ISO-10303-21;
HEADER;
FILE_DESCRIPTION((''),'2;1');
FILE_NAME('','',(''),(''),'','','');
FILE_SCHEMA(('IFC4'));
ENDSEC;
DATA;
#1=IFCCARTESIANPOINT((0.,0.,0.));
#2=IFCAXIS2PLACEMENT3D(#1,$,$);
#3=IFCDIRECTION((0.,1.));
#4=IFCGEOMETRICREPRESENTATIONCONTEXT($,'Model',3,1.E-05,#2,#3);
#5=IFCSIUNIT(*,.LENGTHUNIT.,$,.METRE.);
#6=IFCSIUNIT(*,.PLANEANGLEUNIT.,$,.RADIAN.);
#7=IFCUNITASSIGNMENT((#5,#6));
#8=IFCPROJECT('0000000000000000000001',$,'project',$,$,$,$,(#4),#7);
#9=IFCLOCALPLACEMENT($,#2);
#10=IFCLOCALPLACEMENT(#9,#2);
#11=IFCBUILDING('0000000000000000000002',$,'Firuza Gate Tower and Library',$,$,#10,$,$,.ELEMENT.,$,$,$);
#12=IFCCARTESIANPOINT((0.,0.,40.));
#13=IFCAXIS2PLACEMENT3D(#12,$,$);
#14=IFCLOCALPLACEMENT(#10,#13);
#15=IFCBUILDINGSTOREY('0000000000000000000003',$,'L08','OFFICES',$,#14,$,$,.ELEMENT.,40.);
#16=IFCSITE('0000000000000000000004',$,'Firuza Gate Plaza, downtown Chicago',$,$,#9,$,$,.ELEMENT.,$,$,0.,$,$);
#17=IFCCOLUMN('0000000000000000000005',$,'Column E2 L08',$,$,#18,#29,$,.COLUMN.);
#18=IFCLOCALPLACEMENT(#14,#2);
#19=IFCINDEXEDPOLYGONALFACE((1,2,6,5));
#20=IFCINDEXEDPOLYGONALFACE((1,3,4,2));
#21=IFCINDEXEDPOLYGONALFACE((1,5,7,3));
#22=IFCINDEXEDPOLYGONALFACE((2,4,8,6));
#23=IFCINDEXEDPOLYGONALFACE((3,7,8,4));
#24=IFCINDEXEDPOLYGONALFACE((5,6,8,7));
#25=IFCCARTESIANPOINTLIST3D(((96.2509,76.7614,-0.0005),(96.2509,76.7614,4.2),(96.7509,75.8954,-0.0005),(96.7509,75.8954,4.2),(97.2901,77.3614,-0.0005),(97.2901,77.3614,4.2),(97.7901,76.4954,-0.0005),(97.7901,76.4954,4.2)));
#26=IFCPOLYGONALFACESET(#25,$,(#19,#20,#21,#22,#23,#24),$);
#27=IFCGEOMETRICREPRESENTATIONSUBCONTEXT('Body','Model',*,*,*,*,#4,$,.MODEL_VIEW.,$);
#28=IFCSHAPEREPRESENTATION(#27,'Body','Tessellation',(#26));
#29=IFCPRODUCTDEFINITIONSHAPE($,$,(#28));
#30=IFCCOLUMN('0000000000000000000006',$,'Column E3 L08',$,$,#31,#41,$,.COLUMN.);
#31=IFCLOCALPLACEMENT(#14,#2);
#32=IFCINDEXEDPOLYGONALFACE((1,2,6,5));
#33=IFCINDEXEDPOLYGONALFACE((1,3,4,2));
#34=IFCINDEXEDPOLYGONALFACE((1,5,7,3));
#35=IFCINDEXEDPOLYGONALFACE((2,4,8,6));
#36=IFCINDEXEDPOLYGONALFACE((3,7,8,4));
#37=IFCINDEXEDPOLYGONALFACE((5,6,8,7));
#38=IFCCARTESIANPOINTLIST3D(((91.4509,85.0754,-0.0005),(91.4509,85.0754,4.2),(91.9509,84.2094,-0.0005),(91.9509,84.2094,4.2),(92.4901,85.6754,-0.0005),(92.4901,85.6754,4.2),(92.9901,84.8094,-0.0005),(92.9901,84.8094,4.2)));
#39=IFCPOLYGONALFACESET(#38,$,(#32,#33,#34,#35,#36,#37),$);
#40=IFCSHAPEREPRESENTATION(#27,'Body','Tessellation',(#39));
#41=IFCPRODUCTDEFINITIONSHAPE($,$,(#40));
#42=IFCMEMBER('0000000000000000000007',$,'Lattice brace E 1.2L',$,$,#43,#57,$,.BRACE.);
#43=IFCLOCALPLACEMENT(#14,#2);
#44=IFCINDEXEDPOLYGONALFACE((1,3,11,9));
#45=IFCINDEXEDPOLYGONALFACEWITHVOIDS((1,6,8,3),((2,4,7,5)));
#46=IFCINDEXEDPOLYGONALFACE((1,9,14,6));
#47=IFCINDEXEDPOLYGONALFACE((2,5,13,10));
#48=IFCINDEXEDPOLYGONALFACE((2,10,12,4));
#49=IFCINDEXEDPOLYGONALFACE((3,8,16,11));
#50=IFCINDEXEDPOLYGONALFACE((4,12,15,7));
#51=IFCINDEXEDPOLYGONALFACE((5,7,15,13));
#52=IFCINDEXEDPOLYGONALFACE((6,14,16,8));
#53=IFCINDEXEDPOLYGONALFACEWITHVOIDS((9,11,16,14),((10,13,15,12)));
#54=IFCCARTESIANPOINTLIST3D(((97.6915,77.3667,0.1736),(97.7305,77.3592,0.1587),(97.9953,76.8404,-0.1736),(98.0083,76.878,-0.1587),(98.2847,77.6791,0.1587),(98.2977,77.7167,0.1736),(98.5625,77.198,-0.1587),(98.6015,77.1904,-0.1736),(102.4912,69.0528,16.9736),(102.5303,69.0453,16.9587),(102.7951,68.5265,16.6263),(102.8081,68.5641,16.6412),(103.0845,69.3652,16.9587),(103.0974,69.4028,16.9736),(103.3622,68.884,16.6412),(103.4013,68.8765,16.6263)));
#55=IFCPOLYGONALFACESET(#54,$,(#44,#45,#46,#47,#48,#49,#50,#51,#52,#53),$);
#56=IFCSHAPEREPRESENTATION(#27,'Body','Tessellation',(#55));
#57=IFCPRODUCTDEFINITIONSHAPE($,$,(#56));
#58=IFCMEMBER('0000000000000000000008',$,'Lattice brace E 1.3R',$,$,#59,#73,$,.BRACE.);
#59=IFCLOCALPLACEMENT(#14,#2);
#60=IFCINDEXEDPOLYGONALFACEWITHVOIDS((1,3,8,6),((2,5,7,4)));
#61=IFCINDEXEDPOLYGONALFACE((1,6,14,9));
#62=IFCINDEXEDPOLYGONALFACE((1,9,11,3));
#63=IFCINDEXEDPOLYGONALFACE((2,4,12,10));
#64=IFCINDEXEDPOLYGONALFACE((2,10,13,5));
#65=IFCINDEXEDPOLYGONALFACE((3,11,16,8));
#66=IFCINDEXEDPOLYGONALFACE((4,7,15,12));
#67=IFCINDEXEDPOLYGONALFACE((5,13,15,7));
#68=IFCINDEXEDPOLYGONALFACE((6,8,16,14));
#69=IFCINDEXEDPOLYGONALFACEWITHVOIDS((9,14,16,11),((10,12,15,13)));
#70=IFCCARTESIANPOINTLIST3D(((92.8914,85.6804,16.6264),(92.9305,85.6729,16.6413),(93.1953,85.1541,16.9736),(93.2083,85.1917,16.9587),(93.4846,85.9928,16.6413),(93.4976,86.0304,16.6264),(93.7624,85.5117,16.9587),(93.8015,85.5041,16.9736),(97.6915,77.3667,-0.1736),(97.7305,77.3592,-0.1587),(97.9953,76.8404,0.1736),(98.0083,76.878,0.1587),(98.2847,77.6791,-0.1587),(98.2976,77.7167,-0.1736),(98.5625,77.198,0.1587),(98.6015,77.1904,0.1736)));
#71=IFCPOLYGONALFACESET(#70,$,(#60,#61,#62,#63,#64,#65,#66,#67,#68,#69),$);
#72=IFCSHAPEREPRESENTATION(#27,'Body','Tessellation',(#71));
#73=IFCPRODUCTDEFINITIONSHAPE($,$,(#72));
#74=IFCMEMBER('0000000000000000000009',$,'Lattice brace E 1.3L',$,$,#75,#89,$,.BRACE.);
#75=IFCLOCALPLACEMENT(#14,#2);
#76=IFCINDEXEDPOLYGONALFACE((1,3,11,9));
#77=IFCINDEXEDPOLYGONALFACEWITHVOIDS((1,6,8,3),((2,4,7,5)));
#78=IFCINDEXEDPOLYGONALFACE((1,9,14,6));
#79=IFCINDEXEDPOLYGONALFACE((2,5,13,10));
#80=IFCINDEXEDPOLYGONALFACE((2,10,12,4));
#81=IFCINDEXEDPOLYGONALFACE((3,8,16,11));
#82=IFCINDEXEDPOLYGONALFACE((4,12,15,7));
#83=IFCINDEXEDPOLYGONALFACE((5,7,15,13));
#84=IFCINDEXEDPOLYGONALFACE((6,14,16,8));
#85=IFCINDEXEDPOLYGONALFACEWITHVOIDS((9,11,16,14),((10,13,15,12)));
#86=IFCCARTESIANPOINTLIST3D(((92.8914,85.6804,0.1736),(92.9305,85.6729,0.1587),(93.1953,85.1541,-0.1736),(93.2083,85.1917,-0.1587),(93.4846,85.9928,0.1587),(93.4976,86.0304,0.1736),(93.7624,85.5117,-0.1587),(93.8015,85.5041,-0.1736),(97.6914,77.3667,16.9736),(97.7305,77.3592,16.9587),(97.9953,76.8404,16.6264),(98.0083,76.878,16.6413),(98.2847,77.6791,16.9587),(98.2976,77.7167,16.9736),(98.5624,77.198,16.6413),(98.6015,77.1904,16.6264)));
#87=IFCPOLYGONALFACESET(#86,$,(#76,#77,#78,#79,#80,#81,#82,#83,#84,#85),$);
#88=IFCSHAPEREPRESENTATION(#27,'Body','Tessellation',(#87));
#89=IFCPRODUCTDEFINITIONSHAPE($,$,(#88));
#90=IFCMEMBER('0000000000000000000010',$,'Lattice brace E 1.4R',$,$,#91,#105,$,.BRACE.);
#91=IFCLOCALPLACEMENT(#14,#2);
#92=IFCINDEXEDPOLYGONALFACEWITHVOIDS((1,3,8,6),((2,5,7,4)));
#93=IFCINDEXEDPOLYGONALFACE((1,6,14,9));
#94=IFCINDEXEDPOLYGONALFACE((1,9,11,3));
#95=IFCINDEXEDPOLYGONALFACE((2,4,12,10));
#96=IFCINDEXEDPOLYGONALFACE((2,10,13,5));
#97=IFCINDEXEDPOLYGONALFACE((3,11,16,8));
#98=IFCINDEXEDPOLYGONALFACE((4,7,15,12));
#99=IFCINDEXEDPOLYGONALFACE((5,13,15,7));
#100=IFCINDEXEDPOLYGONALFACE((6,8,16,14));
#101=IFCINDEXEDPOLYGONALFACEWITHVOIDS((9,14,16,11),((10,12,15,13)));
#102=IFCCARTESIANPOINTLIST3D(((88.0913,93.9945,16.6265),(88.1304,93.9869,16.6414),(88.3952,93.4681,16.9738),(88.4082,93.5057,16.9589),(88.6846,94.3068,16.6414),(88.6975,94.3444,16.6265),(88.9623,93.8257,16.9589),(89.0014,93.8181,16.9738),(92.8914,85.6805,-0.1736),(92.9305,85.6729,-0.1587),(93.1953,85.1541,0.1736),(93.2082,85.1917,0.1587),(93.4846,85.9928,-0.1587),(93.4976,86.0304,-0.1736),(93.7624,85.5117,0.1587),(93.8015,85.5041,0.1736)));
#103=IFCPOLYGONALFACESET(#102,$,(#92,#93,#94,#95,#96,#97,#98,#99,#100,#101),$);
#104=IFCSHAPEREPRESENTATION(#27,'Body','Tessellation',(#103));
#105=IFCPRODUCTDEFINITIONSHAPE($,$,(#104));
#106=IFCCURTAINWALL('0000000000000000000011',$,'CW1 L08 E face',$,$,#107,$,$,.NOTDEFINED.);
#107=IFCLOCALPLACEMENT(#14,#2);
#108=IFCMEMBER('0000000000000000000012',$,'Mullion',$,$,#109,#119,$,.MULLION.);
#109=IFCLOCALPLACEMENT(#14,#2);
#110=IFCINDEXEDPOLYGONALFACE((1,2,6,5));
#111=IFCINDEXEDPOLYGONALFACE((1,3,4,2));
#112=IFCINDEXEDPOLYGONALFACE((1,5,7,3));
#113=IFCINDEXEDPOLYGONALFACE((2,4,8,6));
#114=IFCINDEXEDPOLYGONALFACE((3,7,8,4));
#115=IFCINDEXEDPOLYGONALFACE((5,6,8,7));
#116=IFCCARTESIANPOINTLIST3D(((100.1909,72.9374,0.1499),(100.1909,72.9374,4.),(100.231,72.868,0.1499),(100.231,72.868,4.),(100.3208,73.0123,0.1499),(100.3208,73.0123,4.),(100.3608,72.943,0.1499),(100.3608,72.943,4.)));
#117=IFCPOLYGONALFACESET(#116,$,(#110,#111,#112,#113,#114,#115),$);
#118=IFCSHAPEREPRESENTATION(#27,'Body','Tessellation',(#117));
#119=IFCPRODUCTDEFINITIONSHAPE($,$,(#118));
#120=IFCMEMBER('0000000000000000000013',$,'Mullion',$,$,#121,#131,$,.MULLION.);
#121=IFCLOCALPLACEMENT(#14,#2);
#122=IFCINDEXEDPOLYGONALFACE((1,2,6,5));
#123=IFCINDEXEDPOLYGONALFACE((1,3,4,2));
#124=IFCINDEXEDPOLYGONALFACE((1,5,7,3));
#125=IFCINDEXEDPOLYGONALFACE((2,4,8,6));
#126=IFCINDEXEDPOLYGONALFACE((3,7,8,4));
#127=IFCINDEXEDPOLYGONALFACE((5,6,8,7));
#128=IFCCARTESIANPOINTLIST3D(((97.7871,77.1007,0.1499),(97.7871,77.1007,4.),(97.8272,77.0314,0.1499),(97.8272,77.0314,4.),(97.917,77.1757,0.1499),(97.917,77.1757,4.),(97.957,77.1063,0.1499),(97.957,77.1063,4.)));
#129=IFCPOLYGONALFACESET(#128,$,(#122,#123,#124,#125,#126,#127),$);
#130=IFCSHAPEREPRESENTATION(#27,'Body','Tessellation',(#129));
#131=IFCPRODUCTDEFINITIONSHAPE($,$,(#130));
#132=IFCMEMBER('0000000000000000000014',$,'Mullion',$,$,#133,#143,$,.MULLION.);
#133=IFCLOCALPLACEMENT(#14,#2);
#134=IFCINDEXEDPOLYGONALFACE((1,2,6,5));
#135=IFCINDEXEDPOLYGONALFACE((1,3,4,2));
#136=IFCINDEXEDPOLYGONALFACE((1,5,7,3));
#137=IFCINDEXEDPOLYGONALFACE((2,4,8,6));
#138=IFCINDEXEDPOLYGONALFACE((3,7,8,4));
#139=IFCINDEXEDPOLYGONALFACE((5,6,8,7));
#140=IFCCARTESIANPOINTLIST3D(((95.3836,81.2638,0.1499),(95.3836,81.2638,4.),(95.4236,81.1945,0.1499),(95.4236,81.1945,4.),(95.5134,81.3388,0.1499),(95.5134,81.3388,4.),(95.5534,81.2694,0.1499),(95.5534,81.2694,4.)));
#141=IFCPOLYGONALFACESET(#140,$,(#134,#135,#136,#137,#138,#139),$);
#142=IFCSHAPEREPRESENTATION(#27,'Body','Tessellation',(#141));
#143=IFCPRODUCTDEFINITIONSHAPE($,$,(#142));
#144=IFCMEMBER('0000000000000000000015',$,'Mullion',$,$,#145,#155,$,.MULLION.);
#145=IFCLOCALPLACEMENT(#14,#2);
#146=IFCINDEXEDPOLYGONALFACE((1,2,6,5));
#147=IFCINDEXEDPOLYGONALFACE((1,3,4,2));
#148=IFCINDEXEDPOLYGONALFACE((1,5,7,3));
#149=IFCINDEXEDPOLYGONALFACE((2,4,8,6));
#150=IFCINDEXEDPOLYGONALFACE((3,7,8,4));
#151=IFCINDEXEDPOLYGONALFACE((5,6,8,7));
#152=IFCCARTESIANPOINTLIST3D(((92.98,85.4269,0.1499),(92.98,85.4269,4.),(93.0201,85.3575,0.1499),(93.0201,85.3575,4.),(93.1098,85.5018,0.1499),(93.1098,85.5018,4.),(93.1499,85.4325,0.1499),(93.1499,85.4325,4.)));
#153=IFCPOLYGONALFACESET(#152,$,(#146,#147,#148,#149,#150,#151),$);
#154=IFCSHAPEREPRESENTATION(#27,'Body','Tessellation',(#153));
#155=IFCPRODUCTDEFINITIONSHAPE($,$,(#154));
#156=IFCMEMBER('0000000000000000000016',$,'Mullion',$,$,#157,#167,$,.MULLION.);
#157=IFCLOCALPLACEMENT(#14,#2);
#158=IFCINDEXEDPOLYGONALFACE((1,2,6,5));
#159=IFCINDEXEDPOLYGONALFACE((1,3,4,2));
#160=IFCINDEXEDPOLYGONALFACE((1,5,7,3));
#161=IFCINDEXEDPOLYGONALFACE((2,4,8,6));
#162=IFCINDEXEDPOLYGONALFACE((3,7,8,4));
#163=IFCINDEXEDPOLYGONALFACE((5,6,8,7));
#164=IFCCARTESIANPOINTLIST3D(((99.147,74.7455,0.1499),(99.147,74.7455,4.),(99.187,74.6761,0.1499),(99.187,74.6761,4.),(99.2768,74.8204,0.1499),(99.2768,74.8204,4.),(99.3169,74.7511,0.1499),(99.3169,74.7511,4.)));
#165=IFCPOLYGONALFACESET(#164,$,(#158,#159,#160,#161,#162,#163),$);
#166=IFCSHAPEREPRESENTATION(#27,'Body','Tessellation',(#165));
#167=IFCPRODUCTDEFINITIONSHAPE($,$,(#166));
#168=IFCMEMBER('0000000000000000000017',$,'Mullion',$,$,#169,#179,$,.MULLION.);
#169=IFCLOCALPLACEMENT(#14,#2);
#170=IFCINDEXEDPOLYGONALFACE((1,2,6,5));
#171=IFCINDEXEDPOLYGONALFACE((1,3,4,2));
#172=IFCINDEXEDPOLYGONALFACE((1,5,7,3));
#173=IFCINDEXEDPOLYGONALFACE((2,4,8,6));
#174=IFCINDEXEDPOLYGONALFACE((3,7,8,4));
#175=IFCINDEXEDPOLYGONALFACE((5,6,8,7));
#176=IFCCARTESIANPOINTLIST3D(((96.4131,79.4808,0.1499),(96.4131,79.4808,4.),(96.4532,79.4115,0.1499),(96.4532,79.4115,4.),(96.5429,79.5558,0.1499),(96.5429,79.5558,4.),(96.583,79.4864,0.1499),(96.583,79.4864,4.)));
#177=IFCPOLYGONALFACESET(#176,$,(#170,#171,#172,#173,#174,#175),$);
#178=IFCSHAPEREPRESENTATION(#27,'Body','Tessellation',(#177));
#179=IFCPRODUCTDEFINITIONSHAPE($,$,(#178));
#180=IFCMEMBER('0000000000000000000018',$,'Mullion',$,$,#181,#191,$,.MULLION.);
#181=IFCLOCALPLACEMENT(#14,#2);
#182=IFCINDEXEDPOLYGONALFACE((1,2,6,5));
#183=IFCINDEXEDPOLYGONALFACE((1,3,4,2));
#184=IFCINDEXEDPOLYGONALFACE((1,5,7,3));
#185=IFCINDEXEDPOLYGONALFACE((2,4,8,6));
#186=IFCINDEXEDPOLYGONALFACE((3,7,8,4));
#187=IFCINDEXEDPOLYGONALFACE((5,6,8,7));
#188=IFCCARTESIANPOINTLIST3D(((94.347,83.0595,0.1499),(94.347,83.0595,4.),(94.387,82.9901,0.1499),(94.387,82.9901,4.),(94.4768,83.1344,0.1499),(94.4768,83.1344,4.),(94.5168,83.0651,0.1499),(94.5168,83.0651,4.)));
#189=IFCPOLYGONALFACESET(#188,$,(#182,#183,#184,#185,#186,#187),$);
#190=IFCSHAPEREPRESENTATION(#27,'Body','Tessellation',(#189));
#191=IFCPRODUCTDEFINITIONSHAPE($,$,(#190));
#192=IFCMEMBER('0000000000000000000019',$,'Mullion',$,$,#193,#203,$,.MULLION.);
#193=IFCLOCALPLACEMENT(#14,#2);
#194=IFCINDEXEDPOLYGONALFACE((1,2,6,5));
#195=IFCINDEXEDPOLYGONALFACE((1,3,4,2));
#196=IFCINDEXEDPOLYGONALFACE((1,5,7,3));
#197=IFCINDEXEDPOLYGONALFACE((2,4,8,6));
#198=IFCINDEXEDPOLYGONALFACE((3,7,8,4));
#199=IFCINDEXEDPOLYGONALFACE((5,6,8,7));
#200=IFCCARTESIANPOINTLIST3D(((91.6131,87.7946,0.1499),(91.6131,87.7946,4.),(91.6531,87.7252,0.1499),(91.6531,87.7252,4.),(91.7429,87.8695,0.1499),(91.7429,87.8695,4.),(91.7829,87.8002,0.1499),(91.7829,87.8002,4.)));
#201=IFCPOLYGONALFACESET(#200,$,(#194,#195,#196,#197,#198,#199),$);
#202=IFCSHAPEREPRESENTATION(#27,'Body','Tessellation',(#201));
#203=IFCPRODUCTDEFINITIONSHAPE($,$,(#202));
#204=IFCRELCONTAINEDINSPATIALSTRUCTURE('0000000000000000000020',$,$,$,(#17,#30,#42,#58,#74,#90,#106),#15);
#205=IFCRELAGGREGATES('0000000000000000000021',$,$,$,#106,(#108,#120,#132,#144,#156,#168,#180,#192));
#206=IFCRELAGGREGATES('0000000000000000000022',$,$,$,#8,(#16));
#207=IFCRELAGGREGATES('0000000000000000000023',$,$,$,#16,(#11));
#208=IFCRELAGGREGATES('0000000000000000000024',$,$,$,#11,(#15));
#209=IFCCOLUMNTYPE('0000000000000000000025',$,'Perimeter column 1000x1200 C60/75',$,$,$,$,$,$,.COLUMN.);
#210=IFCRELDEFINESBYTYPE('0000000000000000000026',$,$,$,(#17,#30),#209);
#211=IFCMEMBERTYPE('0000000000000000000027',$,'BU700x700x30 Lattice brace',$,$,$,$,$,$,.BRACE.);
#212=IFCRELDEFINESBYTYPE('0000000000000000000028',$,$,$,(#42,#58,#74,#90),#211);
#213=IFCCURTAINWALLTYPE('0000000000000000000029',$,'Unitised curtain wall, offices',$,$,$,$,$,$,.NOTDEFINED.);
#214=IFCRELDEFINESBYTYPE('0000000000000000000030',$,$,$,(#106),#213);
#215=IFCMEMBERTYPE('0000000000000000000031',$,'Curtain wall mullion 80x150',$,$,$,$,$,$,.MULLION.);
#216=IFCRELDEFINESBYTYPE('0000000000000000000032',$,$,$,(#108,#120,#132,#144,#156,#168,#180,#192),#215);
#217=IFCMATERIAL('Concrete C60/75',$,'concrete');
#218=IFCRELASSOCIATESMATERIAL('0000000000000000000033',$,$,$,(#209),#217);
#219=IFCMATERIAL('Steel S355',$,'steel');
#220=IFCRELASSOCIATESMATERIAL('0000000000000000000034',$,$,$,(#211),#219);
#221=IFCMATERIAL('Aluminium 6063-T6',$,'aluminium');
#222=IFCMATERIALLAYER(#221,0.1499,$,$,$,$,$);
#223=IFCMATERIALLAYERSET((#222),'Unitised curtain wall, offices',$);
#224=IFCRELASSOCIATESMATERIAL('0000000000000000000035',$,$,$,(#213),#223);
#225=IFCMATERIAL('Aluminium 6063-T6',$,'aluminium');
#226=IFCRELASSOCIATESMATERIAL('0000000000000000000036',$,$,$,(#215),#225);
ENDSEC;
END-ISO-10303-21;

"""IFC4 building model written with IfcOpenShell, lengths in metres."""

from ifc_helpers import new_model, si_unit, direction, frame, origin, origin_2d, place, context, subcontext, project, spatial, rectangle, hollow_rectangle, extrude, material, layer, layer_set, material_profile, profile_set, type_object, element, aggregate, save


model = new_model("IFC4")

# Units and contexts
model_context = context("Model", 3, precision=1e-05, world=origin(), true_north=direction((0.0, 1.0)))
body_context = subcontext(model_context, "Body", "Model", "MODEL_VIEW")
ifc_project = project(units=[si_unit("LENGTHUNIT", "METRE"), si_unit("PLANEANGLEUNIT", "RADIAN")], contexts=[model_context])

# Site, building, storey
site_placement = place(None, origin())
site = spatial("IfcSite", under=ifc_project, at=site_placement, Name="Firuza Gate Plaza, downtown Chicago", CompositionType="ELEMENT", RefElevation=0.0)
building_placement = place(site_placement, origin())
building = spatial("IfcBuilding", under=site, at=building_placement, Name="Firuza Gate Tower and Library", CompositionType="ELEMENT")
storey_placement = place(building_placement, frame((0.0, 0.0, 40.0)))
storey = spatial("IfcBuildingStorey", under=building, at=storey_placement, Name="L08", Description="OFFICES", CompositionType="ELEMENT", Elevation=40.0)

# Columns
ifc_material_1 = material(Name="Concrete C60/75", Category="concrete")
ifc_material_profile_1 = material_profile(ifc_material_1, rectangle(XDim=1.0, YDim=1.2, at=origin_2d()))
ifc_profile_set_1 = profile_set([ifc_material_profile_1], Name="Concrete C60/75")
column_type = type_object("IfcColumnType", Name="Perimeter column 1000x1200 C60/75", PredefinedType="COLUMN", material=ifc_profile_set_1)
for number, where, z_axis, x_axis, name in (
    (1, (97.0205, 76.6284, -0.0005), (0.0, 0.0, 1.0), (-0.5, 0.866025, 0.0), "Column E2 L08"),
    (2, (92.2205, 84.9424, -0.0005), (0.0, 0.0, 1.0), (-0.5, 0.866025, 0.0), "Column E3 L08"),
):
    element("IfcColumn", number, at=place(storey_placement, frame(where, z_axis=z_axis, x_axis=x_axis)), inside=storey, type_object=column_type, Name=name, PredefinedType="COLUMN", context=body_context, shape_type="SweptSolid", body=[
        extrude(rectangle(XDim=1.0, YDim=1.2, at=origin_2d()), origin(), (0.0, 0.0, 1.0), 4.2004),
    ])

# Members
ifc_material_2 = material(Name="Steel S355", Category="steel")
ifc_material_profile_2 = material_profile(ifc_material_2, hollow_rectangle(XDim=0.7, YDim=0.7, WallThickness=0.03, at=origin_2d()))
ifc_profile_set_2 = profile_set([ifc_material_profile_2], Name="Steel S355")
member_type_1 = type_object("IfcMemberType", Name="BU700x700x30 Lattice brace", PredefinedType="BRACE", material=ifc_profile_set_2)
for number, where, z_axis, x_axis, name in (
    (3, (98.1465, 77.2786, 0.0), (0.248059, -0.429674, 0.868244), (0.866037, 0.499979, 0.0), "Lattice brace E 1.2L"),
    (4, (98.1465, 77.2786, 0.0), (-0.248072, 0.429663, 0.868246), (-0.86602, -0.500009, 0.0), "Lattice brace E 1.3R"),
    (5, (93.3464, 85.5923, 0.0), (0.248072, -0.429663, 0.868246), (0.86602, 0.500009, 0.0), "Lattice brace E 1.3L"),
):
    element("IfcMember", number, at=place(storey_placement, frame(where, z_axis=z_axis, x_axis=x_axis)), inside=storey, type_object=member_type_1, Name=name, PredefinedType="BRACE", context=body_context, shape_type="SweptSolid", body=[
        extrude(hollow_rectangle(XDim=0.7, YDim=0.7, WallThickness=0.03, at=origin_2d()), origin(), (0.0, 0.0, 1.0), 19.3494),
    ])
member_1_placement = place(storey_placement, frame((93.3464, 85.5923, 0.0), z_axis=(-0.248071, 0.429673, 0.868241), x_axis=(-0.866026, -0.499998, 0.0)))
element("IfcMember", 6, at=member_1_placement, inside=storey, type_object=member_type_1, Name="Lattice brace E 1.4R", PredefinedType="BRACE", context=body_context, shape_type="SweptSolid", body=[
    extrude(hollow_rectangle(XDim=0.7, YDim=0.7, WallThickness=0.03, at=origin_2d()), origin(), (0.0, 0.0, 1.0), 19.3496),
])

# Curtain wall, members
ifc_material_3 = material(Name="Aluminium 6063-T6", Category="aluminium")
ifc_layer_1 = layer(ifc_material_3, 0.1499)
ifc_layer_set_1 = layer_set([ifc_layer_1], Name="Unitised curtain wall, offices")
curtain_wall_type = type_object("IfcCurtainWallType", Name="Unitised curtain wall, offices", PredefinedType="NOTDEFINED", material=ifc_layer_set_1)
curtain_wall_placement = place(storey_placement, origin())
curtain_wall = element("IfcCurtainWall", 7, at=curtain_wall_placement, inside=storey, type_object=curtain_wall_type, Name="CW1 L08 E face", PredefinedType="NOTDEFINED")
ifc_material_4 = material(Name="Aluminium 6063-T6", Category="aluminium")
ifc_material_profile_3 = material_profile(ifc_material_4, rectangle(XDim=0.1499, YDim=0.0801, at=origin_2d()))
ifc_profile_set_3 = profile_set([ifc_material_profile_3], Name="Aluminium 6063-T6")
member_type_2 = type_object("IfcMemberType", Name="Curtain wall mullion 80x150", PredefinedType="MULLION", material=ifc_profile_set_3)
member_2_placement = place(storey_placement, frame((100.2759, 72.9402, 0.1499), z_axis=(0.0, 0.0, 1.0), x_axis=(-0.866025, -0.5, 0.0)))
member_2 = element("IfcMember", 8, at=member_2_placement, type_object=member_type_2, Name="Mullion", PredefinedType="MULLION", context=body_context, shape_type="SweptSolid", body=[
    extrude(rectangle(XDim=0.1499, YDim=0.0801, at=origin_2d()), origin(), (0.0, 0.0, 1.0), 3.8501),
])
member_3_placement = place(storey_placement, frame((97.8721, 77.1035, 0.1499), z_axis=(0.0, 0.0, 1.0), x_axis=(-0.866025, -0.5, 0.0)))
member_3 = element("IfcMember", 9, at=member_3_placement, type_object=member_type_2, Name="Mullion", PredefinedType="MULLION", context=body_context, shape_type="SweptSolid", body=[
    extrude(rectangle(XDim=0.1499, YDim=0.0801, at=origin_2d()), origin(), (0.0, 0.0, 1.0), 3.8501),
])
member_4_placement = place(storey_placement, frame((95.4685, 81.2666, 0.1499), z_axis=(0.0, 0.0, 1.0), x_axis=(-0.866025, -0.5, 0.0)))
member_4 = element("IfcMember", 10, at=member_4_placement, type_object=member_type_2, Name="Mullion", PredefinedType="MULLION", context=body_context, shape_type="SweptSolid", body=[
    extrude(rectangle(XDim=0.1499, YDim=0.0801, at=origin_2d()), origin(), (0.0, 0.0, 1.0), 3.8501),
])
member_5_placement = place(storey_placement, frame((93.0649, 85.4297, 0.1499), z_axis=(0.0, 0.0, 1.0), x_axis=(-0.866025, -0.5, 0.0)))
member_5 = element("IfcMember", 11, at=member_5_placement, type_object=member_type_2, Name="Mullion", PredefinedType="MULLION", context=body_context, shape_type="SweptSolid", body=[
    extrude(rectangle(XDim=0.1499, YDim=0.0801, at=origin_2d()), origin(), (0.0, 0.0, 1.0), 3.8501),
])
member_6_placement = place(storey_placement, frame((99.2319, 74.7483, 0.1499), z_axis=(0.0, 0.0, 1.0), x_axis=(-0.866025, -0.5, 0.0)))
member_6 = element("IfcMember", 12, at=member_6_placement, type_object=member_type_2, Name="Mullion", PredefinedType="MULLION", context=body_context, shape_type="SweptSolid", body=[
    extrude(rectangle(XDim=0.1499, YDim=0.0801, at=origin_2d()), origin(), (0.0, 0.0, 1.0), 3.8501),
])
member_7_placement = place(storey_placement, frame((96.498, 79.4836, 0.1499), z_axis=(0.0, 0.0, 1.0), x_axis=(-0.866025, -0.5, 0.0)))
member_7 = element("IfcMember", 13, at=member_7_placement, type_object=member_type_2, Name="Mullion", PredefinedType="MULLION", context=body_context, shape_type="SweptSolid", body=[
    extrude(rectangle(XDim=0.1499, YDim=0.0801, at=origin_2d()), origin(), (0.0, 0.0, 1.0), 3.8501),
])
member_8_placement = place(storey_placement, frame((94.4319, 83.0623, 0.1499), z_axis=(0.0, 0.0, 1.0), x_axis=(-0.866025, -0.5, 0.0)))
member_8 = element("IfcMember", 14, at=member_8_placement, type_object=member_type_2, Name="Mullion", PredefinedType="MULLION", context=body_context, shape_type="SweptSolid", body=[
    extrude(rectangle(XDim=0.1499, YDim=0.0801, at=origin_2d()), origin(), (0.0, 0.0, 1.0), 3.8501),
])
member_9_placement = place(storey_placement, frame((91.698, 87.7974, 0.1499), z_axis=(0.0, 0.0, 1.0), x_axis=(-0.866025, -0.5, 0.0)))
member_9 = element("IfcMember", 15, at=member_9_placement, type_object=member_type_2, Name="Mullion", PredefinedType="MULLION", context=body_context, shape_type="SweptSolid", body=[
    extrude(rectangle(XDim=0.1499, YDim=0.0801, at=origin_2d()), origin(), (0.0, 0.0, 1.0), 3.8501),
])

aggregate(curtain_wall, [member_2, member_3, member_4, member_5, member_6, member_7, member_8, member_9])

save(model, "model.ifc")
